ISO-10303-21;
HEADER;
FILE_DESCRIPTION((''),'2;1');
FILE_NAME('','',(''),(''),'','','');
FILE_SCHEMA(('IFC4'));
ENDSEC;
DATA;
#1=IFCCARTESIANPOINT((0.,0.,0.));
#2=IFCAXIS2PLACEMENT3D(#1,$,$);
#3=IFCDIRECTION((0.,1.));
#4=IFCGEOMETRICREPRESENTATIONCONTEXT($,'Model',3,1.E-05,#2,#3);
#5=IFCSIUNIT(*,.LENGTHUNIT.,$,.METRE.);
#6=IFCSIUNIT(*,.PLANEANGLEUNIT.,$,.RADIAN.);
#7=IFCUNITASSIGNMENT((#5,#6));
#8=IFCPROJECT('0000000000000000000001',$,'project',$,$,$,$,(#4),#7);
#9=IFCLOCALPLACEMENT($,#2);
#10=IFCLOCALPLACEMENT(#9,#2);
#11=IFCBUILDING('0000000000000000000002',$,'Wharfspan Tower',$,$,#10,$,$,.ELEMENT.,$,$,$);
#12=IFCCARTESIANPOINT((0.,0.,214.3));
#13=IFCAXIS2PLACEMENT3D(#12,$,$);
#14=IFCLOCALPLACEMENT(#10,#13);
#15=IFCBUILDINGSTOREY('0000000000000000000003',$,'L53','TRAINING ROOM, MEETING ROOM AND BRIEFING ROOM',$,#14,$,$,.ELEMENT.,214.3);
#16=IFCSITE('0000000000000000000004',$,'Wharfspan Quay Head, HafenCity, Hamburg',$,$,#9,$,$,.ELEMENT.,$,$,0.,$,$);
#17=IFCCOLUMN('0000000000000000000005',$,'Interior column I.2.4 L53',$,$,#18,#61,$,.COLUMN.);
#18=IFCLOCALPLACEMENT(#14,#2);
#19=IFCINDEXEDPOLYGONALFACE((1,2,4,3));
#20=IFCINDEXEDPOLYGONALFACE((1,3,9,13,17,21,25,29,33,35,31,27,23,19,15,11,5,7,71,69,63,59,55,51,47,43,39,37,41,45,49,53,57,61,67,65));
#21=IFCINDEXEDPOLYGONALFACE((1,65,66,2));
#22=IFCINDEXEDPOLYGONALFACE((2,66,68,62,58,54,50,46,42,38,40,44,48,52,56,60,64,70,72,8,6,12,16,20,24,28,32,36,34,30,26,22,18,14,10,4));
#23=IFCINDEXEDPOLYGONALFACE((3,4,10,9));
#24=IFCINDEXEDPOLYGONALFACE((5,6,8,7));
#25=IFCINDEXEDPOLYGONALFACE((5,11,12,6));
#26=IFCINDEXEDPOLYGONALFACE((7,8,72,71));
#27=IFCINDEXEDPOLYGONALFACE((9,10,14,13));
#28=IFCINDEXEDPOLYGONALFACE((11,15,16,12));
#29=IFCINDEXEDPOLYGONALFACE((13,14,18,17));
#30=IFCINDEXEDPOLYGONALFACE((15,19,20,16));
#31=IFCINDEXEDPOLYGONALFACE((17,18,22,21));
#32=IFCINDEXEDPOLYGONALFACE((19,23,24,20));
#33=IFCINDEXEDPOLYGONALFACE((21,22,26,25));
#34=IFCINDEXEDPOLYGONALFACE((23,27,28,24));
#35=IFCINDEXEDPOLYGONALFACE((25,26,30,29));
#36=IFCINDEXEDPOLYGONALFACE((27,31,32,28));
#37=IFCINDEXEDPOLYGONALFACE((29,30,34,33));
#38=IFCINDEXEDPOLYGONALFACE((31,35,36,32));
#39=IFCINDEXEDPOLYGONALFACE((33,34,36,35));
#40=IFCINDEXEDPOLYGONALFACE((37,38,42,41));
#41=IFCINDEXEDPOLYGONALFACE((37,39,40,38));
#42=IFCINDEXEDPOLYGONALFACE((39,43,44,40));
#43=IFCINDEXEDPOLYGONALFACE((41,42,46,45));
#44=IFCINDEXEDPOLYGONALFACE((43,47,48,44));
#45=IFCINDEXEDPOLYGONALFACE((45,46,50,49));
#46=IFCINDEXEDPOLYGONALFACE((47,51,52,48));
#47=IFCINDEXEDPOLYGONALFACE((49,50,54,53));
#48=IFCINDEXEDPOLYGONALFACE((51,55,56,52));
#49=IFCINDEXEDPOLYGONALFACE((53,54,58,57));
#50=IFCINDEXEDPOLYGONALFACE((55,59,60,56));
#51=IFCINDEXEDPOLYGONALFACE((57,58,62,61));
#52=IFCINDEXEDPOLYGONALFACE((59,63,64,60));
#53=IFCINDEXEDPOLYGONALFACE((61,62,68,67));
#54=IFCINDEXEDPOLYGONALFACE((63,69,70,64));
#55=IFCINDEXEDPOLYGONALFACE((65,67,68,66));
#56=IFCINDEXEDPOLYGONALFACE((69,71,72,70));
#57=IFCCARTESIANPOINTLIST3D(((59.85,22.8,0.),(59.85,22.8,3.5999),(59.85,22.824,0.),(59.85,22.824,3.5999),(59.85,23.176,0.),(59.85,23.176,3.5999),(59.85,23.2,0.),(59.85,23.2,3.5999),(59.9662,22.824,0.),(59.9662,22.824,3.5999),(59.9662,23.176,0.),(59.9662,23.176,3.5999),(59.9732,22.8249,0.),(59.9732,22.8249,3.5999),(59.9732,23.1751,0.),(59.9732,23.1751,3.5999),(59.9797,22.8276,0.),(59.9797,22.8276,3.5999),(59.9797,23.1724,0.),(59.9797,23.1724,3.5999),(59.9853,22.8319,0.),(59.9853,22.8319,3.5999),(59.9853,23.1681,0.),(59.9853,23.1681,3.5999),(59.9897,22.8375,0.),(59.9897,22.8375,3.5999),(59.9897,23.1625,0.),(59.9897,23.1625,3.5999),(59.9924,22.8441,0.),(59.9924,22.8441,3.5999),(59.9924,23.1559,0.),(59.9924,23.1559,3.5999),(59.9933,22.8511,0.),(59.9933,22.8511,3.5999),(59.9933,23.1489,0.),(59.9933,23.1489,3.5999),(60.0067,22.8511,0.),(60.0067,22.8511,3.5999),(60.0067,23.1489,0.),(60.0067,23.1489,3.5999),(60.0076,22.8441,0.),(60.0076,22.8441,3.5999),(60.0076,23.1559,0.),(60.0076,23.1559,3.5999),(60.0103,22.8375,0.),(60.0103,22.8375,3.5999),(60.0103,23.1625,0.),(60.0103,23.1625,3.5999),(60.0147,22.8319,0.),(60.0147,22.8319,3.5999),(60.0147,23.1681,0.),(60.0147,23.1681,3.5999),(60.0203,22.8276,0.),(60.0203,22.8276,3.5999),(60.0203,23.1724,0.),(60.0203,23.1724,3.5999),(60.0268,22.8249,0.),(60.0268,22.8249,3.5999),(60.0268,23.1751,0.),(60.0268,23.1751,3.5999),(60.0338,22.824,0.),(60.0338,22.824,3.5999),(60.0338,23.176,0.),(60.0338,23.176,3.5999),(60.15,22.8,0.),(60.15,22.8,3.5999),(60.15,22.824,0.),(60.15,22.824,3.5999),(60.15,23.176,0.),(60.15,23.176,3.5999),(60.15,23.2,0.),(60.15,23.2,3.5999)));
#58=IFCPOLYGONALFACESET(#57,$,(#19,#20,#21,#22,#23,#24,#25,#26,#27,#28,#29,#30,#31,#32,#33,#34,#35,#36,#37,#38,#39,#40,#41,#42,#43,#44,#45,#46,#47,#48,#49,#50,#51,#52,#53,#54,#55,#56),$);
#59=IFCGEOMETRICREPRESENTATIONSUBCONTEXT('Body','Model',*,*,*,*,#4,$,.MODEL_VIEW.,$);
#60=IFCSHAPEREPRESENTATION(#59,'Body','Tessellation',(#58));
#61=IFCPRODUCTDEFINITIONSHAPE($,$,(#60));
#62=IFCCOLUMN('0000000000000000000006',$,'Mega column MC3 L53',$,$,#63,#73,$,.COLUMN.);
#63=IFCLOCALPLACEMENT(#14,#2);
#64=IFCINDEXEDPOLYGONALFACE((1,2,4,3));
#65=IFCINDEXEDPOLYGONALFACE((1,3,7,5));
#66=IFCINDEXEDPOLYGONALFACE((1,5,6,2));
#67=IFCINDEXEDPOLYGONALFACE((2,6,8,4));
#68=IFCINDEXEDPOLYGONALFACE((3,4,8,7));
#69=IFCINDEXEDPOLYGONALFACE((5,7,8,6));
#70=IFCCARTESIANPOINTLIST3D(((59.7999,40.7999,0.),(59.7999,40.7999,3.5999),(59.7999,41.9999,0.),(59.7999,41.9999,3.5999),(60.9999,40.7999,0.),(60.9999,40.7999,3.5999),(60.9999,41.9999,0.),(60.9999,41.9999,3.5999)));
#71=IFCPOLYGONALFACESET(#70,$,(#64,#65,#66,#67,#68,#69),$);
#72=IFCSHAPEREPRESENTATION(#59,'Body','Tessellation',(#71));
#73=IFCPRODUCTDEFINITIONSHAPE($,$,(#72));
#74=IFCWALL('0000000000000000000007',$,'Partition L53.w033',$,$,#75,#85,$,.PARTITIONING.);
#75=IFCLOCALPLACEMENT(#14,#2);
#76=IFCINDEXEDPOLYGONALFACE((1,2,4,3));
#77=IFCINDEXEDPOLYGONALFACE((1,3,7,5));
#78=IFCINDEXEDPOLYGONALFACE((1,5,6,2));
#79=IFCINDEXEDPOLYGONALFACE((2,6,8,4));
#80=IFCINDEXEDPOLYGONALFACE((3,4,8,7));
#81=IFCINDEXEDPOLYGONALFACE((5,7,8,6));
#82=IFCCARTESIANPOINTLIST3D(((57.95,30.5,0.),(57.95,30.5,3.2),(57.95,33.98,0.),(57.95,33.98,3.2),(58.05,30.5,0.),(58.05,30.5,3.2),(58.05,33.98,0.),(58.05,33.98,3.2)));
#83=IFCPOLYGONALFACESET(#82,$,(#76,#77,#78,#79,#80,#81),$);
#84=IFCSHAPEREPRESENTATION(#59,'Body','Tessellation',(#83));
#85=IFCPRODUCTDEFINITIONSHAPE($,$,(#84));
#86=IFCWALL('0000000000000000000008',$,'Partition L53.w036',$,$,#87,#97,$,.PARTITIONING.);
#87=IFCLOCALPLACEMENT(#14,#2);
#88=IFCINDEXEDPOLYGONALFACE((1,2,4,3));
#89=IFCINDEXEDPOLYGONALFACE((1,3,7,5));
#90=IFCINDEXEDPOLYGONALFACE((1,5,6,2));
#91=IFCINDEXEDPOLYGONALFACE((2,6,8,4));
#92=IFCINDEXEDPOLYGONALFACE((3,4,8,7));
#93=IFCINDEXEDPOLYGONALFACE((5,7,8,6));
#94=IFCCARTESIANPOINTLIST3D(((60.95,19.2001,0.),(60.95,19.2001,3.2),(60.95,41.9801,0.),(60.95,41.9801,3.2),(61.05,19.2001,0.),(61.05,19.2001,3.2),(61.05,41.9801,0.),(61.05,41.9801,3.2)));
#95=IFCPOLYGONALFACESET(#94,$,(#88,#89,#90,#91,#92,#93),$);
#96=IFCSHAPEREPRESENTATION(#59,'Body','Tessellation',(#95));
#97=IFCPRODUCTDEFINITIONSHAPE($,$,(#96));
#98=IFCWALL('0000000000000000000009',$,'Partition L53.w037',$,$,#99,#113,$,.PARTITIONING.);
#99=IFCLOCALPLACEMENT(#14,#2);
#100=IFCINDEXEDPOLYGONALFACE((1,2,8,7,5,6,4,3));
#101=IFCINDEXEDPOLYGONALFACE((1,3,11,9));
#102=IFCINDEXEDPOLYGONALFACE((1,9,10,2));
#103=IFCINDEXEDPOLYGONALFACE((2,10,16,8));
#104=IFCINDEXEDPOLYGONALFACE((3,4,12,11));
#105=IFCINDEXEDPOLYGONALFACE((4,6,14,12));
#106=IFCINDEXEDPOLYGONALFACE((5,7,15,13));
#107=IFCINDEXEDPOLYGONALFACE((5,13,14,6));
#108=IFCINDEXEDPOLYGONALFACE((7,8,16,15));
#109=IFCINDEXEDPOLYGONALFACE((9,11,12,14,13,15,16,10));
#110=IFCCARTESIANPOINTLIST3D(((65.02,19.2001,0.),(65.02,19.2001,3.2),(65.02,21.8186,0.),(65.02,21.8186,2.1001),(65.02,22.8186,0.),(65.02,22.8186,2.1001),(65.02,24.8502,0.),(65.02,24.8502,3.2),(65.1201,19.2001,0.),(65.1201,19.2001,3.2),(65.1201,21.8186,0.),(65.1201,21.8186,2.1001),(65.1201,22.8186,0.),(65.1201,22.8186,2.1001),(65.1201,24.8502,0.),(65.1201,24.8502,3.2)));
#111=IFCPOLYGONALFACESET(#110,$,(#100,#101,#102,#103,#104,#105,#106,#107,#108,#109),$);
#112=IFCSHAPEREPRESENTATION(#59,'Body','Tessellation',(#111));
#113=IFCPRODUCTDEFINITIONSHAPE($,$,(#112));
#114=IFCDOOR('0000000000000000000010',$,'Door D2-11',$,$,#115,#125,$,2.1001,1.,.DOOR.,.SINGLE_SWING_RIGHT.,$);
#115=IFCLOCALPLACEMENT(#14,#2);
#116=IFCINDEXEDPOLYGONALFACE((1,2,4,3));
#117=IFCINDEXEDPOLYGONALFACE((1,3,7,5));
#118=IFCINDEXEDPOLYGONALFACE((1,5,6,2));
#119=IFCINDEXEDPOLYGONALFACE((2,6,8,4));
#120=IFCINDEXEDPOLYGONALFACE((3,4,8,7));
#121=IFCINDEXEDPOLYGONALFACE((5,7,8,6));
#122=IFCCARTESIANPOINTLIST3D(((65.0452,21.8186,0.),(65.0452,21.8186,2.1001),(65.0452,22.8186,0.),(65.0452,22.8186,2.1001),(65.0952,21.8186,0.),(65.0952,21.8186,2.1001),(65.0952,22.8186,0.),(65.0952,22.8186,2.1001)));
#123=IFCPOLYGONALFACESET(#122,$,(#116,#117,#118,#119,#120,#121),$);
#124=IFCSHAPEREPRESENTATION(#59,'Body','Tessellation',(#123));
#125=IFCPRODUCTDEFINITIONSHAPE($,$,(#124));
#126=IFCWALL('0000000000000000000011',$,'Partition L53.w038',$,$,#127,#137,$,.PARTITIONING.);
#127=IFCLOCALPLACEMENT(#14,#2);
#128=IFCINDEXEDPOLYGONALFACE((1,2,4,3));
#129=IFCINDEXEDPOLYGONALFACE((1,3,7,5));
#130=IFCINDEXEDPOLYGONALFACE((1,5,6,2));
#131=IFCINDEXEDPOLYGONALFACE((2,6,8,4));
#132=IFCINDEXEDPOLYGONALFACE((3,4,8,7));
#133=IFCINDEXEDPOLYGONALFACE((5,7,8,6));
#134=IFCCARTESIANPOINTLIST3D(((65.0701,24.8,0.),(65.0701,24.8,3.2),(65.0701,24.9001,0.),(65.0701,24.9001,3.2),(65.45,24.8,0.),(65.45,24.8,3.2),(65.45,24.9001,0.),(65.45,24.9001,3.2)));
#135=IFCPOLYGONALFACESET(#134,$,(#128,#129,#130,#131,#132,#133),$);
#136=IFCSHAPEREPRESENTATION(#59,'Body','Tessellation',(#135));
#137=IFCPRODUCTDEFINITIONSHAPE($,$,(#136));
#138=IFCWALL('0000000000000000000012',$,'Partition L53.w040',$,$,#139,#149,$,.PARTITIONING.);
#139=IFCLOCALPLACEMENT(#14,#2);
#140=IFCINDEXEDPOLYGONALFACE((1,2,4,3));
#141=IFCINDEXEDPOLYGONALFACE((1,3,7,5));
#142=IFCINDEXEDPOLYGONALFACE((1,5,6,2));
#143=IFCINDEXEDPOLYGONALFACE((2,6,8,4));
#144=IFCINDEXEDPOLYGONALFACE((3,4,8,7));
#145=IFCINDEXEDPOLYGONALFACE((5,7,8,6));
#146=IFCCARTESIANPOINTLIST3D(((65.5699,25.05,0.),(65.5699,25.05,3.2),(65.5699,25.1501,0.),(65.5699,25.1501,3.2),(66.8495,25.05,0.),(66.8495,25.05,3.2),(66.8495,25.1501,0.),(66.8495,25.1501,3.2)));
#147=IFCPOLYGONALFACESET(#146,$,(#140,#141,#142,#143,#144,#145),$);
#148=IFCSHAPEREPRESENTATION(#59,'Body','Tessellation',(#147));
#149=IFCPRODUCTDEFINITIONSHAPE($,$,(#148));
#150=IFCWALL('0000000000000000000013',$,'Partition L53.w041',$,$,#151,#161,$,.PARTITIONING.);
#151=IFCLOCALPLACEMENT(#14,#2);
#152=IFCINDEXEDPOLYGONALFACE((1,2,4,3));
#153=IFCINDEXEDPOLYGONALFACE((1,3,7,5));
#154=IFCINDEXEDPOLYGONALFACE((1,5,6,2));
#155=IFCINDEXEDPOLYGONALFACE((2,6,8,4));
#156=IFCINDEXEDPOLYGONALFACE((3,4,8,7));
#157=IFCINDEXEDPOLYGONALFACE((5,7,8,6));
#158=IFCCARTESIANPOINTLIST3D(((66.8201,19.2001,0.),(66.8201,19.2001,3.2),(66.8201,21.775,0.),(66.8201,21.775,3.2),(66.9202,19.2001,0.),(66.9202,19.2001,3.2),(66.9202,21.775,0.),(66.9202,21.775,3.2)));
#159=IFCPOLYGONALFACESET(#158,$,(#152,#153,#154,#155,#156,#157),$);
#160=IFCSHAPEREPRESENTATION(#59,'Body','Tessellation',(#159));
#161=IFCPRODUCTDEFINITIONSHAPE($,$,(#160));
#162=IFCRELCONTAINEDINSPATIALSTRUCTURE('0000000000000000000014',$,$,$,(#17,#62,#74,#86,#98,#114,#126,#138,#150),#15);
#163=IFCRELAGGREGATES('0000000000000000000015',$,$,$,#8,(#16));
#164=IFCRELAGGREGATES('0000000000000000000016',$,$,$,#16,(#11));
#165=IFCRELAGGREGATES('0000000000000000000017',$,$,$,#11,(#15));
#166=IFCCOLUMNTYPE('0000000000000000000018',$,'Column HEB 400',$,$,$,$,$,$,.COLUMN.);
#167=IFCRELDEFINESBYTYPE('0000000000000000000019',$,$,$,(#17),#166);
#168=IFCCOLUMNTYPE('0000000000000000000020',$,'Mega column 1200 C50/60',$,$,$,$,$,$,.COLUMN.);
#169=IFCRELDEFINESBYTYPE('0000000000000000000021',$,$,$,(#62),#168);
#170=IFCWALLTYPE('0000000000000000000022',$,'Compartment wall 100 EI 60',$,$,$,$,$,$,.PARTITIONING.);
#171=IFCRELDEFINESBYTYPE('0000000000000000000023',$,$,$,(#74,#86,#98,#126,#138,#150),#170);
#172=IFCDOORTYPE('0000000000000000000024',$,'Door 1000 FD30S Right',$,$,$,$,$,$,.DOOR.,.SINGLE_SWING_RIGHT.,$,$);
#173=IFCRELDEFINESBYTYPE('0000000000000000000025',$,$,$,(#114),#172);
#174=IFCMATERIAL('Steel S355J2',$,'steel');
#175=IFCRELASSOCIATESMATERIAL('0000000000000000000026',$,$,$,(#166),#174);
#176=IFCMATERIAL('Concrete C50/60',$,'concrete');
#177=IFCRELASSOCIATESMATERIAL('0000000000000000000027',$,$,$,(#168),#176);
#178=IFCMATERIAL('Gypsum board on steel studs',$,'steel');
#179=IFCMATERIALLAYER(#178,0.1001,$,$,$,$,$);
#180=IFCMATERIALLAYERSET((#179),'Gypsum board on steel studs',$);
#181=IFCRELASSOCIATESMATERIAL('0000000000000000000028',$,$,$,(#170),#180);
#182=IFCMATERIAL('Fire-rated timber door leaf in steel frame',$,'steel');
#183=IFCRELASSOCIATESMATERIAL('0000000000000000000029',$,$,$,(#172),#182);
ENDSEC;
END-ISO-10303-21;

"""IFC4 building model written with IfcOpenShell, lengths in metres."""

from ifc_helpers import new_model, si_unit, direction, frame, frame_2d, origin, origin_2d, place, context, subcontext, project, spatial, rectangle, i_section, extrude, material, layer, layer_set, material_profile, profile_set, type_object, element, fill, save


model = new_model("IFC4")

# Units and contexts
model_context = context("Model", 3, precision=1e-05, world=origin(), true_north=direction((0.0, 1.0)))
body_context = subcontext(model_context, "Body", "Model", "MODEL_VIEW")
ifc_project = project(units=[si_unit("LENGTHUNIT", "METRE"), si_unit("PLANEANGLEUNIT", "RADIAN")], contexts=[model_context])

# Site, building, storey
site_placement = place(None, origin())
site = spatial("IfcSite", under=ifc_project, at=site_placement, Name="Wharfspan Quay Head, HafenCity, Hamburg", CompositionType="ELEMENT", RefElevation=0.0)
building_placement = place(site_placement, origin())
building = spatial("IfcBuilding", under=site, at=building_placement, Name="Wharfspan Tower", CompositionType="ELEMENT")
storey_placement = place(building_placement, frame((0.0, 0.0, 214.3)))
storey = spatial("IfcBuildingStorey", under=building, at=storey_placement, Name="L53", Description="TRAINING ROOM, MEETING ROOM AND BRIEFING ROOM", CompositionType="ELEMENT", Elevation=214.3)

# Columns
ifc_material_1 = material(Name="Steel S355J2", Category="steel")
ifc_material_profile_1 = material_profile(ifc_material_1, i_section(OverallWidth=0.3, OverallDepth=0.3999, WebThickness=0.0134, FlangeThickness=0.0239, FilletRadius=0.0271, at=origin_2d()))
ifc_profile_set_1 = profile_set([ifc_material_profile_1], Name="Steel S355J2")
column_type_1 = type_object("IfcColumnType", Name="Column HEB 400", PredefinedType="COLUMN", material=ifc_profile_set_1)
column_1_placement = place(storey_placement, frame((60.0, 23.0, 0.0), z_axis=(0.0, 0.0, 1.0), x_axis=(1.0, 0.0, 0.0)))
element("IfcColumn", 1, at=column_1_placement, inside=storey, type_object=column_type_1, Name="Interior column I.2.4 L53", PredefinedType="COLUMN", context=body_context, shape_type="SweptSolid", body=[
    extrude(i_section(OverallWidth=0.3, OverallDepth=0.3999, WebThickness=0.0134, FlangeThickness=0.0239, FilletRadius=0.0271, at=origin_2d()), origin(), (0.0, 0.0, 1.0), 3.5999),
])
ifc_material_2 = material(Name="Concrete C50/60", Category="concrete")
ifc_material_profile_2 = material_profile(ifc_material_2, rectangle(XDim=1.2, YDim=1.2, at=origin_2d()))
ifc_profile_set_2 = profile_set([ifc_material_profile_2], Name="Concrete C50/60")
column_type_2 = type_object("IfcColumnType", Name="Mega column 1200 C50/60", PredefinedType="COLUMN", material=ifc_profile_set_2)
column_2_placement = place(storey_placement, frame((60.3999, 41.3999, 0.0), z_axis=(0.0, 0.0, 1.0), x_axis=(1.0, 0.0, 0.0)))
element("IfcColumn", 2, at=column_2_placement, inside=storey, type_object=column_type_2, Name="Mega column MC3 L53", PredefinedType="COLUMN", context=body_context, shape_type="SweptSolid", body=[
    extrude(rectangle(XDim=1.2, YDim=1.2, at=origin_2d()), origin(), (0.0, 0.0, 1.0), 3.5999),
])

# Walls
ifc_material_3 = material(Name="Gypsum board on steel studs", Category="steel")
ifc_layer_1 = layer(ifc_material_3, 0.1001)
ifc_layer_set_1 = layer_set([ifc_layer_1], Name="Gypsum board on steel studs")
wall_type_1 = type_object("IfcWallType", Name="Compartment wall 100 EI 60", PredefinedType="PARTITIONING", material=ifc_layer_set_1)
wall_1_placement = place(storey_placement, frame((58.0, 30.5, 0.0), z_axis=(0.0, 0.0, 1.0), x_axis=(0.0, 1.0, 0.0)))
element("IfcWall", 3, at=wall_1_placement, inside=storey, type_object=wall_type_1, Name="Partition L53.w033", PredefinedType="PARTITIONING", context=body_context, shape_type="SweptSolid", body=[
    extrude(rectangle(XDim=3.48, YDim=0.1001, at=frame_2d((1.74, 0.0))), origin(), (0.0, 0.0, 1.0), 3.2),
])
wall_2_placement = place(storey_placement, frame((61.0, 19.2, 0.0), z_axis=(0.0, 0.0, 1.0), x_axis=(0.0, 1.0, 0.0)))
element("IfcWall", 4, at=wall_2_placement, inside=storey, type_object=wall_type_1, Name="Partition L53.w036", PredefinedType="PARTITIONING", context=body_context, shape_type="SweptSolid", body=[
    extrude(rectangle(XDim=22.78, YDim=0.1001, at=frame_2d((11.3901, 0.0))), origin(), (0.0, 0.0, 1.0), 3.2),
])

# Wall, opening, door
wall_3_placement = place(storey_placement, frame((65.0701, 19.2, 0.0), z_axis=(0.0, 0.0, 1.0), x_axis=(0.0, 1.0, 0.0)))
wall_3 = element("IfcWall", 5, at=wall_3_placement, inside=storey, type_object=wall_type_1, Name="Partition L53.w037", PredefinedType="PARTITIONING", context=body_context, shape_type="SweptSolid", body=[
    extrude(rectangle(XDim=5.6501, YDim=0.1001, at=frame_2d((2.8252, 0.0))), origin(), (0.0, 0.0, 1.0), 3.2),
])
opening_1_placement = place(wall_3_placement, frame((2.6187, 0.0, 0.0)))
opening_1 = element("IfcOpeningElement", 6, at=opening_1_placement, cuts=wall_3, PredefinedType="OPENING", context=body_context, shape_type="SweptSolid", body=[
    extrude(rectangle(XDim=1.0, YDim=2.1001, at=frame_2d((0.5, 1.05))), frame((0.0, 0.0601, 0.0), z_axis=(0.0, -1.0, 0.0), x_axis=(1.0, 0.0, 0.0)), (0.0, 0.0, 1.0), 0.1201),
])
ifc_material_4 = material(Name="Fire-rated timber door leaf in steel frame", Category="steel")
door_type_1 = type_object("IfcDoorType", Name="Door 1000 FD30S Right", OperationType="SINGLE_SWING_RIGHT", PredefinedType="DOOR", material=ifc_material_4)
door_1_placement = place(opening_1_placement, origin())
door_1 = element("IfcDoor", 7, at=door_1_placement, inside=storey, type_object=door_type_1, Name="Door D2-11", OperationType="SINGLE_SWING_RIGHT", OverallHeight=2.1001, OverallWidth=1.0, PredefinedType="DOOR", context=body_context, shape_type="SweptSolid", body=[
    extrude(rectangle(XDim=1.0, YDim=2.1001, at=frame_2d((0.5, 1.05))), frame((0.0, 0.0249, 0.0), z_axis=(0.0, -1.0, 0.0), x_axis=(1.0, 0.0, 0.0)), (0.0, 0.0, 1.0), 0.05),
])
fill(opening_1, door_1)

# Walls
wall_4_placement = place(storey_placement, frame((65.0701, 24.8501, 0.0), z_axis=(0.0, 0.0, 1.0), x_axis=(1.0, 0.0, 0.0)))
element("IfcWall", 8, at=wall_4_placement, inside=storey, type_object=wall_type_1, Name="Partition L53.w038", PredefinedType="PARTITIONING", context=body_context, shape_type="SweptSolid", body=[
    extrude(rectangle(XDim=0.3799, YDim=0.1001, at=frame_2d((0.1899, 0.0))), origin(), (0.0, 0.0, 1.0), 3.2),
])
wall_5_placement = place(storey_placement, frame((65.5701, 25.1001, 0.0), z_axis=(0.0, 0.0, 1.0), x_axis=(1.0, 0.0, 0.0)))
element("IfcWall", 9, at=wall_5_placement, inside=storey, type_object=wall_type_1, Name="Partition L53.w040", PredefinedType="PARTITIONING", context=body_context, shape_type="SweptSolid", body=[
    extrude(rectangle(XDim=1.2795, YDim=0.1001, at=frame_2d((0.6396, 0.0))), origin(), (0.0, 0.0, 1.0), 3.2),
])
wall_6_placement = place(storey_placement, frame((66.8701, 19.2, 0.0), z_axis=(0.0, 0.0, 1.0), x_axis=(0.0, 1.0, 0.0)))
element("IfcWall", 10, at=wall_6_placement, inside=storey, type_object=wall_type_1, Name="Partition L53.w041", PredefinedType="PARTITIONING", context=body_context, shape_type="SweptSolid", body=[
    extrude(rectangle(XDim=2.575, YDim=0.1001, at=frame_2d((1.2876, 0.0))), origin(), (0.0, 0.0, 1.0), 3.2),
])

save(model, "model.ifc")
